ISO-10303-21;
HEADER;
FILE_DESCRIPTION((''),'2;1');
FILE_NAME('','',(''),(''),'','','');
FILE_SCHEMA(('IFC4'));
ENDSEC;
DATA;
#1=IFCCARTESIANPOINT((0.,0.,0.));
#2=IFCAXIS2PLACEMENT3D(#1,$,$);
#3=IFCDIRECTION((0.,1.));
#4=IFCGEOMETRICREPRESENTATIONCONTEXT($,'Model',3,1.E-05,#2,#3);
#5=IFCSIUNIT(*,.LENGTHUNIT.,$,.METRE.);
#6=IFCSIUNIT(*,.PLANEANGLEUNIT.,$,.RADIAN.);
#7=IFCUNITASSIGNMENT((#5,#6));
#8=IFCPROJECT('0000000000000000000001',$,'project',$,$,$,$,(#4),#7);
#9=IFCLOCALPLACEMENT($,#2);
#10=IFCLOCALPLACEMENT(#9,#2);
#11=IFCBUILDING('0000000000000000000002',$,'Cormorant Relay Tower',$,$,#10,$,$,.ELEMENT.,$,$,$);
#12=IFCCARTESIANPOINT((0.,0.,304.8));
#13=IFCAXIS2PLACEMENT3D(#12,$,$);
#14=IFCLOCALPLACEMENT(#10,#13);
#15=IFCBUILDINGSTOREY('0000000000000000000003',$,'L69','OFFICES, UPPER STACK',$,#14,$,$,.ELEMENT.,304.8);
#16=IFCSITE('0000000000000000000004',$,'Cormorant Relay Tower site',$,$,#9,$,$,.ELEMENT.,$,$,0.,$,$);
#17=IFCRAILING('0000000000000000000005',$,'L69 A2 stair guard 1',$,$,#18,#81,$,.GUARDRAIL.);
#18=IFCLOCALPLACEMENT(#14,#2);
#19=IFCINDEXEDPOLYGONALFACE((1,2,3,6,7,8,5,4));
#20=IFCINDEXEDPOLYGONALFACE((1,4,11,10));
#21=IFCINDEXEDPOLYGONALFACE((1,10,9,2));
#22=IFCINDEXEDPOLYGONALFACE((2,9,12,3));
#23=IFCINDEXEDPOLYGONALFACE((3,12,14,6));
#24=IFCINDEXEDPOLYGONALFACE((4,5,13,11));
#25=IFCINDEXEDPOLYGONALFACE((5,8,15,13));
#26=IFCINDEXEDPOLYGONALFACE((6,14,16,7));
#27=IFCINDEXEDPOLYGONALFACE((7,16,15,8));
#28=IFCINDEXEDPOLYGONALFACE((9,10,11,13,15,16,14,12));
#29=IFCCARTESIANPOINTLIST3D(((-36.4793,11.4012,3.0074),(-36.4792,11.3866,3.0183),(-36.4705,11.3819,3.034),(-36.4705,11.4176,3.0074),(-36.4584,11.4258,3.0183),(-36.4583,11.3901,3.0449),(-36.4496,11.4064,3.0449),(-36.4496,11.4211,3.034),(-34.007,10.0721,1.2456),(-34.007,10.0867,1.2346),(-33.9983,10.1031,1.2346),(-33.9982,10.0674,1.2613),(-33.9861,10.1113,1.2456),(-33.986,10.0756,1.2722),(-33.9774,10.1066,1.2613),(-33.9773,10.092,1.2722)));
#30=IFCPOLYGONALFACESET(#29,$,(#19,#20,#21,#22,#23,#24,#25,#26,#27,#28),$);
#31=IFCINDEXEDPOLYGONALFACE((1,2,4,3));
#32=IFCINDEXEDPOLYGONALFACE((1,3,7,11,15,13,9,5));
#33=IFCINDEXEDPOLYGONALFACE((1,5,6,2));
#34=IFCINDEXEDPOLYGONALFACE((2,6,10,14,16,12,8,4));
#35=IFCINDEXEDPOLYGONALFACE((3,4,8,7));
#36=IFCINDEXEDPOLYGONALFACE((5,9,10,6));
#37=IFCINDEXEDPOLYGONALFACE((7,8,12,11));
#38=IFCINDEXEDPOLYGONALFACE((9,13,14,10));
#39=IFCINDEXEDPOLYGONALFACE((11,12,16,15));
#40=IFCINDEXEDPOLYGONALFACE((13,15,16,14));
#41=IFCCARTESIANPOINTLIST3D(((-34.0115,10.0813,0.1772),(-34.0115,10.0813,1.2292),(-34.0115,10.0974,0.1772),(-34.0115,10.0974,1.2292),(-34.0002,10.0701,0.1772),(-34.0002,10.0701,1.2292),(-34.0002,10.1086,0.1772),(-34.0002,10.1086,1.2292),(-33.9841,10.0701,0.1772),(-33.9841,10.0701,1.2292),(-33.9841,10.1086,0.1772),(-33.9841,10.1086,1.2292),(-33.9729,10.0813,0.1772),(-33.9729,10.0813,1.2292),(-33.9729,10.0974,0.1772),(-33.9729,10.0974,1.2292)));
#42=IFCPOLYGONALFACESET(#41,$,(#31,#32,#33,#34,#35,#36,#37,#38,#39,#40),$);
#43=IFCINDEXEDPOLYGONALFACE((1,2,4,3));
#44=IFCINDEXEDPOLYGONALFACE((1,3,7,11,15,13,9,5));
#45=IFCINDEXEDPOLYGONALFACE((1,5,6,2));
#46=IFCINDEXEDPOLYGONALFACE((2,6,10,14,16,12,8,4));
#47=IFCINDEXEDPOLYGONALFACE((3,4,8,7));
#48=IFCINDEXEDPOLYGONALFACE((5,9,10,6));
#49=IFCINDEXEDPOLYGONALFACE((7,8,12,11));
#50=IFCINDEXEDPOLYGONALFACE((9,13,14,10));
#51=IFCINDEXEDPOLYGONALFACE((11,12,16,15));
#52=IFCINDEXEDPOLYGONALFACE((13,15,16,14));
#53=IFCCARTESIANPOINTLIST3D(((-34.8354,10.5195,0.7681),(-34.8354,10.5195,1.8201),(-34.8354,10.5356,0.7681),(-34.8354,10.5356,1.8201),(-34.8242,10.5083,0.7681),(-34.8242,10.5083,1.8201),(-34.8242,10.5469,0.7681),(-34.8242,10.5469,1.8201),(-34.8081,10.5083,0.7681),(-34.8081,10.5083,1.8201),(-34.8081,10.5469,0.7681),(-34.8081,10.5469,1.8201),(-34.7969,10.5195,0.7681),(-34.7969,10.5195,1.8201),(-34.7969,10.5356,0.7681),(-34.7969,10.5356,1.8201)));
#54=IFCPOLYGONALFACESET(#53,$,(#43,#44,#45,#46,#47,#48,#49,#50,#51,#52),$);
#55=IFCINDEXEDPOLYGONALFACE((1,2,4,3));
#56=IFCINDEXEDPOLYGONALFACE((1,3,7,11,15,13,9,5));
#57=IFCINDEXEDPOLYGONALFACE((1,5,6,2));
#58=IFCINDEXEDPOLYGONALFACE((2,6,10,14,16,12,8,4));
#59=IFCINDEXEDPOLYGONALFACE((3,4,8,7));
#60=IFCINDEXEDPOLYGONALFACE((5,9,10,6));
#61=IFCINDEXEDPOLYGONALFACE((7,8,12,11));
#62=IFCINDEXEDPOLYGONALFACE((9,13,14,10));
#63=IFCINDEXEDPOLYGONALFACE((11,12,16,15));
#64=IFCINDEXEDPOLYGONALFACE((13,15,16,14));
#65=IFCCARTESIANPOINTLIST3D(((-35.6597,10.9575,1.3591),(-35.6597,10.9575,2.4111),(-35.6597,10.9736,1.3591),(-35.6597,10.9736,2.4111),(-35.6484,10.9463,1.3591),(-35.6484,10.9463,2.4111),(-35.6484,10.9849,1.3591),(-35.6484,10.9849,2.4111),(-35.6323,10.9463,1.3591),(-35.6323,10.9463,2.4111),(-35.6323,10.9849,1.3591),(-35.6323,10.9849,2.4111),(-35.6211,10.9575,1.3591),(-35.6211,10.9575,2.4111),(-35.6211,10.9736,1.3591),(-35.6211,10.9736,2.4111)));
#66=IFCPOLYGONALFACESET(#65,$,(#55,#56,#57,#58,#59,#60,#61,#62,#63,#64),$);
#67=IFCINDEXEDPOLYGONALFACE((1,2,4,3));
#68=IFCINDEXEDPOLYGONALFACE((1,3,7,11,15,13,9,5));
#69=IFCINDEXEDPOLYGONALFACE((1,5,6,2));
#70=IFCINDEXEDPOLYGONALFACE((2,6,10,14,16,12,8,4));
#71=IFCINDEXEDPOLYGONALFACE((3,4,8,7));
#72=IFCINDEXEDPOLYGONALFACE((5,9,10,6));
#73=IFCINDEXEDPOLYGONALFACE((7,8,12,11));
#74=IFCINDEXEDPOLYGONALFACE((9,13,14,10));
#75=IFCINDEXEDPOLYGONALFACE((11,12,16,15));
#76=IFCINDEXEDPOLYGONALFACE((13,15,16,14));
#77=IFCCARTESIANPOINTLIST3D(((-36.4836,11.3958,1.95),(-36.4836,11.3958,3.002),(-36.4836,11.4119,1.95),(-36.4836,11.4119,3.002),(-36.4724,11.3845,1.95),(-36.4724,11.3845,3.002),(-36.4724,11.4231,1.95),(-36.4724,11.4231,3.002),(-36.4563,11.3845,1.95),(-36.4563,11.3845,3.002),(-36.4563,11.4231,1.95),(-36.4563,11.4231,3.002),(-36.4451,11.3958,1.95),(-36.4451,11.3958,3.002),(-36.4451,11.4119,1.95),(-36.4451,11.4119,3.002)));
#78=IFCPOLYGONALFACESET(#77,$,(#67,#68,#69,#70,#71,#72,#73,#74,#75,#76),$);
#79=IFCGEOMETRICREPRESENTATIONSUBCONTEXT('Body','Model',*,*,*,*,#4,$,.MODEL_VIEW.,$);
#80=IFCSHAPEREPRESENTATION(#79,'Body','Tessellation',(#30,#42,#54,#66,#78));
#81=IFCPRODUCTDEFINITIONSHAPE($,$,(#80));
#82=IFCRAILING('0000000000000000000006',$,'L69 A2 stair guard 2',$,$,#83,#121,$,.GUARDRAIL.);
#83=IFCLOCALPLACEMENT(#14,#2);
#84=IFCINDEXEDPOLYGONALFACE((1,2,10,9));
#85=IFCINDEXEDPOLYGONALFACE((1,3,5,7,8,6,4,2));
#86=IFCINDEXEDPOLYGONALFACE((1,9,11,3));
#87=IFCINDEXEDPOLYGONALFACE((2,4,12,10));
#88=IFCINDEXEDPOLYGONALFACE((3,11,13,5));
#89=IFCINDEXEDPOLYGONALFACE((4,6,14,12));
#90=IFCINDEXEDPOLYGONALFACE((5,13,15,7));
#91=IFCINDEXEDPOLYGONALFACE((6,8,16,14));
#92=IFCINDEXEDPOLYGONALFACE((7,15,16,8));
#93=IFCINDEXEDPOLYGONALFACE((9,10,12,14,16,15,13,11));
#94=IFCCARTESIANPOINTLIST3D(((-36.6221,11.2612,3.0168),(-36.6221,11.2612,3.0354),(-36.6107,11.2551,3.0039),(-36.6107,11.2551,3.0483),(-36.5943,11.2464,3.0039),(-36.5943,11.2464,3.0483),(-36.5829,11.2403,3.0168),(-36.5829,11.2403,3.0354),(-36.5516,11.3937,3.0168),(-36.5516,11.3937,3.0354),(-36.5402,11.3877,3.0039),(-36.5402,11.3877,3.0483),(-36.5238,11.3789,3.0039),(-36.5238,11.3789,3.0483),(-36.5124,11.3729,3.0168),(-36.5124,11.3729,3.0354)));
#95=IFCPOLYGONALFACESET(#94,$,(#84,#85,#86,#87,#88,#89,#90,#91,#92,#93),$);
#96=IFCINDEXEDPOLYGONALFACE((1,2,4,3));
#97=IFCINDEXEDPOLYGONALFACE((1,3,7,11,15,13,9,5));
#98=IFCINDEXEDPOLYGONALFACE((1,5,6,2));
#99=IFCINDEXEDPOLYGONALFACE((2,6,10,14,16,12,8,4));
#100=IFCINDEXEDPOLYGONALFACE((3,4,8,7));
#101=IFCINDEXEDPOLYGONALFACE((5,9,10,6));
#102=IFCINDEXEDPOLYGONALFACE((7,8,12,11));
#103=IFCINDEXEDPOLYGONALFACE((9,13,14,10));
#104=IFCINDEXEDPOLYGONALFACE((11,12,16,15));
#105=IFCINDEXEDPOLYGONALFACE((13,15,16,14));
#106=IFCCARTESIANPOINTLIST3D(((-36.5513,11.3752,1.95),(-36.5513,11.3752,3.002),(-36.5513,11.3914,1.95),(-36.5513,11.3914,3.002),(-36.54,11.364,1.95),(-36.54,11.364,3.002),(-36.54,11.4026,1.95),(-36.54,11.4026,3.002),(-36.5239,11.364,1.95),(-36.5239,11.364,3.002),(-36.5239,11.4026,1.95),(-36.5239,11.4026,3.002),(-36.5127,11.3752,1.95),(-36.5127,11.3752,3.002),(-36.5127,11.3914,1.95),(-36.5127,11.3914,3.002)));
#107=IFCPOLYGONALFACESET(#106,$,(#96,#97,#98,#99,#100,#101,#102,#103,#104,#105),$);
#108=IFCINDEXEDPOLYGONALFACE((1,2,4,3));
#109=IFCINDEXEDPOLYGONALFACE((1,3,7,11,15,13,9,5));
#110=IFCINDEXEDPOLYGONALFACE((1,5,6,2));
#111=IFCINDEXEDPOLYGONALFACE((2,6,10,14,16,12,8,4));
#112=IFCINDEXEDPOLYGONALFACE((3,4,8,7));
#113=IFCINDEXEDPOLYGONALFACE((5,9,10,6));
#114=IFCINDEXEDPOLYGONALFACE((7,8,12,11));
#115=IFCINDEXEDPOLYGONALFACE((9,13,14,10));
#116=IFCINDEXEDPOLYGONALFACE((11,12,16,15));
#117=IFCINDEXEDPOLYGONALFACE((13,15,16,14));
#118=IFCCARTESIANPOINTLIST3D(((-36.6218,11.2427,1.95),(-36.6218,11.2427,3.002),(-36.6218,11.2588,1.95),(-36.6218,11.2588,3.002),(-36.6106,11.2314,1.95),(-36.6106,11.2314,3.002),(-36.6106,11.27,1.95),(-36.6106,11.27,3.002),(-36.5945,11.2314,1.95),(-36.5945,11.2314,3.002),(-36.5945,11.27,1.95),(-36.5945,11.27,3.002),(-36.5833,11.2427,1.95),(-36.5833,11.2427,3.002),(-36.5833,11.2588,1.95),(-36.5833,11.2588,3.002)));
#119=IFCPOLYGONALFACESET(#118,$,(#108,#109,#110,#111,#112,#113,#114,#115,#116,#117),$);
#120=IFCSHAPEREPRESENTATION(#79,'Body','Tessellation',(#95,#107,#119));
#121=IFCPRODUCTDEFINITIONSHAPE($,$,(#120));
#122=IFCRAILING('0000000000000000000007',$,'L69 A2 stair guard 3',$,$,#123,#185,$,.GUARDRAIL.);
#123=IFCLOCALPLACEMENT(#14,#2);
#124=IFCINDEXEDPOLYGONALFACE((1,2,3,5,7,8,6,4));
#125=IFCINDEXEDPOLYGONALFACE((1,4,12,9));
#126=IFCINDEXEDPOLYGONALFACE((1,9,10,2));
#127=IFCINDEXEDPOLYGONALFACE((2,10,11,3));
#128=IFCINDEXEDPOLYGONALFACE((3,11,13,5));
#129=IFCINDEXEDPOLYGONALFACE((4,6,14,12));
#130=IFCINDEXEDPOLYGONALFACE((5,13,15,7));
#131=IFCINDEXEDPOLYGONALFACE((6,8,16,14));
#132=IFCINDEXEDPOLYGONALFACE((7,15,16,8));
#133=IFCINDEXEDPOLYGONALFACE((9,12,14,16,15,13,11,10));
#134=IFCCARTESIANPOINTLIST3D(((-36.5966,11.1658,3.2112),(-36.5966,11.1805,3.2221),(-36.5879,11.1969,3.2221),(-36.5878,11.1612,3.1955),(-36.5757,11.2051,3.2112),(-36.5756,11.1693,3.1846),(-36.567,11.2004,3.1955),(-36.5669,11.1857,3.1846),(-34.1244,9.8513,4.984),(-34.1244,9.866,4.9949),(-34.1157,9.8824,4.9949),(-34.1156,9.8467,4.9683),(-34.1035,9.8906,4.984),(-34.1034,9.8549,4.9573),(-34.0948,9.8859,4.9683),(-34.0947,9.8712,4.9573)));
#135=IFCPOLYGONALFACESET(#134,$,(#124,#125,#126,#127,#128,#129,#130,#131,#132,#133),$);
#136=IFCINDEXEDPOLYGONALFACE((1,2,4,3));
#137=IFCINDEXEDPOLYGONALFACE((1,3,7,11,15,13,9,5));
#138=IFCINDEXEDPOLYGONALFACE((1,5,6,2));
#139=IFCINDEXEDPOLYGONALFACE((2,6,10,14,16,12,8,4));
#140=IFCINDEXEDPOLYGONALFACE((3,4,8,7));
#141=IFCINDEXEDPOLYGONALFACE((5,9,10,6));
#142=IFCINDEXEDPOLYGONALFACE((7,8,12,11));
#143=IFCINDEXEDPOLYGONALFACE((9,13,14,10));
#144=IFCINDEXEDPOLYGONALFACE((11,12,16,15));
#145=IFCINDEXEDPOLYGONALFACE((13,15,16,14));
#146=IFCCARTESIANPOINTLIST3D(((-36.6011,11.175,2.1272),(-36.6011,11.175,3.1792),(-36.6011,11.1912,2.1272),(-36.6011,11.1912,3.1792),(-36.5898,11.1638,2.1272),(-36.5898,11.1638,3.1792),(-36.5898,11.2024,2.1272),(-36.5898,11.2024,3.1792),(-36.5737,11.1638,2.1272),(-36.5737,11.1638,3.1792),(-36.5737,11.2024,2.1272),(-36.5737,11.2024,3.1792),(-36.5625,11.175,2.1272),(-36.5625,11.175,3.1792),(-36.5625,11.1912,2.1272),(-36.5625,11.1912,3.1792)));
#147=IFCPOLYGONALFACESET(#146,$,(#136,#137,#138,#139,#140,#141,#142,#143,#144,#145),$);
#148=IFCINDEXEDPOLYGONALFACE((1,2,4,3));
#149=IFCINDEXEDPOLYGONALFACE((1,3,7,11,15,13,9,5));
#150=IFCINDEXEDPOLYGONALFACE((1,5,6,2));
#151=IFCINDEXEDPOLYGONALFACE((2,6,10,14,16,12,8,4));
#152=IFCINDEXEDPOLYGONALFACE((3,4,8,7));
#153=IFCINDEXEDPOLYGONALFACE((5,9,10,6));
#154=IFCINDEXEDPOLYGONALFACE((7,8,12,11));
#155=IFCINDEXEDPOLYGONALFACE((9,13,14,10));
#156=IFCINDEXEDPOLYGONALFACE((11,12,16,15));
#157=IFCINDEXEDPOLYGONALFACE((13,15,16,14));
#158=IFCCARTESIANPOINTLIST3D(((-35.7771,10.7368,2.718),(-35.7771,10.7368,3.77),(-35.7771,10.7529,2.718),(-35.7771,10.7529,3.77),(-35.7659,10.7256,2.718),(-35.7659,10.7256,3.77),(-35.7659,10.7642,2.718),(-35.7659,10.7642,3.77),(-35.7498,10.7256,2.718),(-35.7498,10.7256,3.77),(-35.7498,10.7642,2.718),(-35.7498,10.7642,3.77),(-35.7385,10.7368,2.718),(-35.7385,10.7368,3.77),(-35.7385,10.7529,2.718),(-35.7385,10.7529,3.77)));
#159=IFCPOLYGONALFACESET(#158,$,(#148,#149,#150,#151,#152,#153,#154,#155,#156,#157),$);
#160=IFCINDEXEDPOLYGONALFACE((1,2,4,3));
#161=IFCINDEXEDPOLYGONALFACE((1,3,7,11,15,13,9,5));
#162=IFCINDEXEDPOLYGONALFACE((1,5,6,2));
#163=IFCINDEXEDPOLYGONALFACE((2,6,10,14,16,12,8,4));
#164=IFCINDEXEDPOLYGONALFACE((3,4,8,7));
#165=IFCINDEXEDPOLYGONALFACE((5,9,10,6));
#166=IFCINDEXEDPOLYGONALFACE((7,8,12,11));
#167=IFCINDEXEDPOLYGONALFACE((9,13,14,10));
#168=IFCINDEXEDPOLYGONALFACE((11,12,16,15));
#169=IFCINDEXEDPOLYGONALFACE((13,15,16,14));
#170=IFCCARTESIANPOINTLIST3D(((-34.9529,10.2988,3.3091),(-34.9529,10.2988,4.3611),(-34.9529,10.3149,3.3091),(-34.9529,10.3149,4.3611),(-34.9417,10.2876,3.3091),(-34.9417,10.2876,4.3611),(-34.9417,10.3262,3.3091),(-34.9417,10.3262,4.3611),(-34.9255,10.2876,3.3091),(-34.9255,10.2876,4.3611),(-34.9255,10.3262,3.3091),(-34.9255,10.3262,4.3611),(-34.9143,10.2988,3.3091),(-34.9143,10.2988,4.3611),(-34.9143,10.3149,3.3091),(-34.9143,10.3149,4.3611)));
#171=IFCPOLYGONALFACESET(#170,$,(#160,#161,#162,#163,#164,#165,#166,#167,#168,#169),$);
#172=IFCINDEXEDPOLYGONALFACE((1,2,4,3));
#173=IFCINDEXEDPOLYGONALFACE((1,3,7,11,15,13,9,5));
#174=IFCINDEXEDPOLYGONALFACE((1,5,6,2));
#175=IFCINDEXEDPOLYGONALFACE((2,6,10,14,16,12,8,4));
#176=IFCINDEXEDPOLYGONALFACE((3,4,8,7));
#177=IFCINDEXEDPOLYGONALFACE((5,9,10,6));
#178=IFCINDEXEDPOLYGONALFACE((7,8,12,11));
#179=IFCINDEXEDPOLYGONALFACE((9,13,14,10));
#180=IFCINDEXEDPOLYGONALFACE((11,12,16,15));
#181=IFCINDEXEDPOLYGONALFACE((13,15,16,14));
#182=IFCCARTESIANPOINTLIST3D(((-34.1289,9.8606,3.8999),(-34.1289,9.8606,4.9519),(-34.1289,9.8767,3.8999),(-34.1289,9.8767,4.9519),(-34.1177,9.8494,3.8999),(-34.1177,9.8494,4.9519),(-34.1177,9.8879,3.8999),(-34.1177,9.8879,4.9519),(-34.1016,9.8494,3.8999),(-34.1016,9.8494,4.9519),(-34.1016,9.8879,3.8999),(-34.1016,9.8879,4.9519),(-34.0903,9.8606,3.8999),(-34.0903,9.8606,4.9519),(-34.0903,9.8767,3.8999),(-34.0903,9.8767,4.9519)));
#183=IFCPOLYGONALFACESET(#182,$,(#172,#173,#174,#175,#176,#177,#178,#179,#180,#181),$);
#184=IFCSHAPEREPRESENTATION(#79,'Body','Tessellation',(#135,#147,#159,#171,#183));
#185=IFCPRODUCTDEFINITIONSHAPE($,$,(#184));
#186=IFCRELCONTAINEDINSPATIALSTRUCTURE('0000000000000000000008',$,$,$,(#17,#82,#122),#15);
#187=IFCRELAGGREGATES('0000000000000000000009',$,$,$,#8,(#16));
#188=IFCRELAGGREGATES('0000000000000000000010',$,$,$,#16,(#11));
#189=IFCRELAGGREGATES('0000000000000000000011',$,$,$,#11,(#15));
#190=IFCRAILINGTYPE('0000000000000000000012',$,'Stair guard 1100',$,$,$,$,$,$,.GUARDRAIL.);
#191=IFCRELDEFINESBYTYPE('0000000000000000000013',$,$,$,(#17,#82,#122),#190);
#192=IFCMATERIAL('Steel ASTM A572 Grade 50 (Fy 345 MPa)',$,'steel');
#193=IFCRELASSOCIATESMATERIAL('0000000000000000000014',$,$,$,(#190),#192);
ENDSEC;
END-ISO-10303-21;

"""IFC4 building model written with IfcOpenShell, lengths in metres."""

from ifc_helpers import new_model, si_unit, direction, frame, origin, place, context, subcontext, project, spatial, polyline, outline, extrude, material, type_object, element, save


model = new_model("IFC4")

# Units and contexts
model_context = context("Model", 3, precision=1e-05, world=origin(), true_north=direction((0.0, 1.0)))
body_context = subcontext(model_context, "Body", "Model", "MODEL_VIEW")
ifc_project = project(units=[si_unit("LENGTHUNIT", "METRE"), si_unit("PLANEANGLEUNIT", "RADIAN")], contexts=[model_context])

# Site, building, storey
site_placement = place(None, origin())
site = spatial("IfcSite", under=ifc_project, at=site_placement, Name="Cormorant Relay Tower site", CompositionType="ELEMENT", RefElevation=0.0)
building_placement = place(site_placement, origin())
building = spatial("IfcBuilding", under=site, at=building_placement, Name="Cormorant Relay Tower", CompositionType="ELEMENT")
storey_placement = place(building_placement, frame((0.0, 0.0, 304.8)))
storey = spatial("IfcBuildingStorey", under=building, at=storey_placement, Name="L69", Description="OFFICES, UPPER STACK", CompositionType="ELEMENT", Elevation=304.8)

# Railings
ifc_material_1 = material(Name="Steel ASTM A572 Grade 50 (Fy 345 MPa)", Category="steel")
railing_type_1 = type_object("IfcRailingType", Name="Stair guard 1100", PredefinedType="GUARDRAIL", material=ifc_material_1)
railing_1_placement = place(storey_placement, frame((-33.9922, 10.0894, 0.1772)))
element("IfcRailing", 1, at=railing_1_placement, inside=storey, type_object=railing_type_1, Name="L69 A2 stair guard 1", PredefinedType="GUARDRAIL", context=body_context, shape_type="SweptSolid", body=[
    extrude(outline(polyline([(0.0222, 0.0093), (0.0093, 0.0222), (-0.0093, 0.0222), (-0.0222, 0.0093), (-0.0222, -0.0093), (-0.0093, -0.0222), (0.0093, -0.0222), (0.0222, -0.0093), (0.0222, 0.0093)])), frame((0.0, 0.0, 1.0762), z_axis=(-0.746001, 0.396649, 0.534931), x_axis=(-0.469465, -0.882951, 0.0)), (0.0, 0.0, 1.0), 3.314),
    extrude(outline(polyline([(0.0193, 0.0081), (0.0081, 0.0193), (-0.0081, 0.0193), (-0.0193, 0.0081), (-0.0193, -0.0081), (-0.0081, -0.0193), (0.0081, -0.0193), (0.0193, -0.0081), (0.0193, 0.0081)])), origin(), (0.0, 0.0, 1.0), 1.052),
    extrude(outline(polyline([(0.0193, 0.0081), (0.0081, 0.0193), (-0.0081, 0.0193), (-0.0193, 0.0081), (-0.0193, -0.0081), (-0.0081, -0.0193), (0.0081, -0.0193), (0.0193, -0.0081), (0.0193, 0.0081)])), frame((-0.824, 0.4382, 0.5908)), (0.0, 0.0, 1.0), 1.052),
    extrude(outline(polyline([(0.0193, 0.0081), (0.0081, 0.0193), (-0.0081, 0.0193), (-0.0193, 0.0081), (-0.0193, -0.0081), (-0.0081, -0.0193), (0.0081, -0.0193), (0.0193, -0.0081), (0.0193, 0.0081)])), frame((-1.6482, 0.8762, 1.1819)), (0.0, 0.0, 1.0), 1.052),
    extrude(outline(polyline([(0.0193, 0.0081), (0.0081, 0.0193), (-0.0081, 0.0193), (-0.0193, 0.0081), (-0.0193, -0.0081), (-0.0081, -0.0193), (0.0081, -0.0193), (0.0193, -0.0081), (0.0193, 0.0081)])), frame((-2.4722, 1.3145, 1.7727)), (0.0, 0.0, 1.0), 1.052),
])
railing_2_placement = place(storey_placement, frame((-36.532, 11.3833, 1.95)))
element("IfcRailing", 2, at=railing_2_placement, inside=storey, type_object=railing_type_1, Name="L69 A2 stair guard 2", PredefinedType="GUARDRAIL", context=body_context, shape_type="SweptSolid", body=[
    extrude(outline(polyline([(0.0222, 0.0093), (0.0093, 0.0222), (-0.0093, 0.0222), (-0.0222, 0.0093), (-0.0222, -0.0093), (-0.0093, -0.0222), (0.0093, -0.0222), (0.0222, -0.0093), (0.0222, 0.0093)])), frame((0.0, 0.0, 1.0762), z_axis=(-0.469829, -0.882758, 0.0), x_axis=(0.882758, -0.469829, 0.0)), (0.0, 0.0, 1.0), 0.1501),
    extrude(outline(polyline([(0.0193, 0.0081), (0.0081, 0.0193), (-0.0081, 0.0193), (-0.0193, 0.0081), (-0.0193, -0.0081), (-0.0081, -0.0193), (0.0081, -0.0193), (0.0193, -0.0081), (0.0193, 0.0081)])), origin(), (0.0, 0.0, 1.0), 1.052),
    extrude(outline(polyline([(0.0193, 0.0081), (0.0081, 0.0193), (-0.0081, 0.0193), (-0.0193, 0.0081), (-0.0193, -0.0081), (-0.0081, -0.0193), (0.0081, -0.0193), (0.0193, -0.0081), (0.0193, 0.0081)])), frame((-0.0706, -0.1326, 0.0)), (0.0, 0.0, 1.0), 1.052),
])
railing_3_placement = place(storey_placement, frame((-36.5818, 11.1831, 2.1272)))
element("IfcRailing", 3, at=railing_3_placement, inside=storey, type_object=railing_type_1, Name="L69 A2 stair guard 3", PredefinedType="GUARDRAIL", context=body_context, shape_type="SweptSolid", body=[
    extrude(outline(polyline([(0.0222, 0.0093), (0.0093, 0.0222), (-0.0093, 0.0222), (-0.0222, 0.0093), (-0.0222, -0.0093), (-0.0093, -0.0222), (0.0093, -0.0222), (0.0222, -0.0093), (0.0222, 0.0093)])), frame((0.0, 0.0, 1.0762), z_axis=(0.746001, -0.396649, 0.534931), x_axis=(0.469465, 0.882951, 0.0)), (0.0, 0.0, 1.0), 3.314),
    extrude(outline(polyline([(0.0193, 0.0081), (0.0081, 0.0193), (-0.0081, 0.0193), (-0.0193, 0.0081), (-0.0193, -0.0081), (-0.0081, -0.0193), (0.0081, -0.0193), (0.0193, -0.0081), (0.0193, 0.0081)])), origin(), (0.0, 0.0, 1.0), 1.052),
    extrude(outline(polyline([(0.0193, 0.0081), (0.0081, 0.0193), (-0.0081, 0.0193), (-0.0193, 0.0081), (-0.0193, -0.0081), (-0.0081, -0.0193), (0.0081, -0.0193), (0.0193, -0.0081), (0.0193, 0.0081)])), frame((0.824, -0.4382, 0.5908)), (0.0, 0.0, 1.0), 1.052),
    extrude(outline(polyline([(0.0193, 0.0081), (0.0081, 0.0193), (-0.0081, 0.0193), (-0.0193, 0.0081), (-0.0193, -0.0081), (-0.0081, -0.0193), (0.0081, -0.0193), (0.0193, -0.0081), (0.0193, 0.0081)])), frame((1.6482, -0.8762, 1.1819)), (0.0, 0.0, 1.0), 1.052),
    extrude(outline(polyline([(0.0193, 0.0081), (0.0081, 0.0193), (-0.0081, 0.0193), (-0.0193, 0.0081), (-0.0193, -0.0081), (-0.0081, -0.0193), (0.0081, -0.0193), (0.0193, -0.0081), (0.0193, 0.0081)])), frame((2.4722, -1.3145, 1.7727)), (0.0, 0.0, 1.0), 1.052),
])

save(model, "model.ifc")
